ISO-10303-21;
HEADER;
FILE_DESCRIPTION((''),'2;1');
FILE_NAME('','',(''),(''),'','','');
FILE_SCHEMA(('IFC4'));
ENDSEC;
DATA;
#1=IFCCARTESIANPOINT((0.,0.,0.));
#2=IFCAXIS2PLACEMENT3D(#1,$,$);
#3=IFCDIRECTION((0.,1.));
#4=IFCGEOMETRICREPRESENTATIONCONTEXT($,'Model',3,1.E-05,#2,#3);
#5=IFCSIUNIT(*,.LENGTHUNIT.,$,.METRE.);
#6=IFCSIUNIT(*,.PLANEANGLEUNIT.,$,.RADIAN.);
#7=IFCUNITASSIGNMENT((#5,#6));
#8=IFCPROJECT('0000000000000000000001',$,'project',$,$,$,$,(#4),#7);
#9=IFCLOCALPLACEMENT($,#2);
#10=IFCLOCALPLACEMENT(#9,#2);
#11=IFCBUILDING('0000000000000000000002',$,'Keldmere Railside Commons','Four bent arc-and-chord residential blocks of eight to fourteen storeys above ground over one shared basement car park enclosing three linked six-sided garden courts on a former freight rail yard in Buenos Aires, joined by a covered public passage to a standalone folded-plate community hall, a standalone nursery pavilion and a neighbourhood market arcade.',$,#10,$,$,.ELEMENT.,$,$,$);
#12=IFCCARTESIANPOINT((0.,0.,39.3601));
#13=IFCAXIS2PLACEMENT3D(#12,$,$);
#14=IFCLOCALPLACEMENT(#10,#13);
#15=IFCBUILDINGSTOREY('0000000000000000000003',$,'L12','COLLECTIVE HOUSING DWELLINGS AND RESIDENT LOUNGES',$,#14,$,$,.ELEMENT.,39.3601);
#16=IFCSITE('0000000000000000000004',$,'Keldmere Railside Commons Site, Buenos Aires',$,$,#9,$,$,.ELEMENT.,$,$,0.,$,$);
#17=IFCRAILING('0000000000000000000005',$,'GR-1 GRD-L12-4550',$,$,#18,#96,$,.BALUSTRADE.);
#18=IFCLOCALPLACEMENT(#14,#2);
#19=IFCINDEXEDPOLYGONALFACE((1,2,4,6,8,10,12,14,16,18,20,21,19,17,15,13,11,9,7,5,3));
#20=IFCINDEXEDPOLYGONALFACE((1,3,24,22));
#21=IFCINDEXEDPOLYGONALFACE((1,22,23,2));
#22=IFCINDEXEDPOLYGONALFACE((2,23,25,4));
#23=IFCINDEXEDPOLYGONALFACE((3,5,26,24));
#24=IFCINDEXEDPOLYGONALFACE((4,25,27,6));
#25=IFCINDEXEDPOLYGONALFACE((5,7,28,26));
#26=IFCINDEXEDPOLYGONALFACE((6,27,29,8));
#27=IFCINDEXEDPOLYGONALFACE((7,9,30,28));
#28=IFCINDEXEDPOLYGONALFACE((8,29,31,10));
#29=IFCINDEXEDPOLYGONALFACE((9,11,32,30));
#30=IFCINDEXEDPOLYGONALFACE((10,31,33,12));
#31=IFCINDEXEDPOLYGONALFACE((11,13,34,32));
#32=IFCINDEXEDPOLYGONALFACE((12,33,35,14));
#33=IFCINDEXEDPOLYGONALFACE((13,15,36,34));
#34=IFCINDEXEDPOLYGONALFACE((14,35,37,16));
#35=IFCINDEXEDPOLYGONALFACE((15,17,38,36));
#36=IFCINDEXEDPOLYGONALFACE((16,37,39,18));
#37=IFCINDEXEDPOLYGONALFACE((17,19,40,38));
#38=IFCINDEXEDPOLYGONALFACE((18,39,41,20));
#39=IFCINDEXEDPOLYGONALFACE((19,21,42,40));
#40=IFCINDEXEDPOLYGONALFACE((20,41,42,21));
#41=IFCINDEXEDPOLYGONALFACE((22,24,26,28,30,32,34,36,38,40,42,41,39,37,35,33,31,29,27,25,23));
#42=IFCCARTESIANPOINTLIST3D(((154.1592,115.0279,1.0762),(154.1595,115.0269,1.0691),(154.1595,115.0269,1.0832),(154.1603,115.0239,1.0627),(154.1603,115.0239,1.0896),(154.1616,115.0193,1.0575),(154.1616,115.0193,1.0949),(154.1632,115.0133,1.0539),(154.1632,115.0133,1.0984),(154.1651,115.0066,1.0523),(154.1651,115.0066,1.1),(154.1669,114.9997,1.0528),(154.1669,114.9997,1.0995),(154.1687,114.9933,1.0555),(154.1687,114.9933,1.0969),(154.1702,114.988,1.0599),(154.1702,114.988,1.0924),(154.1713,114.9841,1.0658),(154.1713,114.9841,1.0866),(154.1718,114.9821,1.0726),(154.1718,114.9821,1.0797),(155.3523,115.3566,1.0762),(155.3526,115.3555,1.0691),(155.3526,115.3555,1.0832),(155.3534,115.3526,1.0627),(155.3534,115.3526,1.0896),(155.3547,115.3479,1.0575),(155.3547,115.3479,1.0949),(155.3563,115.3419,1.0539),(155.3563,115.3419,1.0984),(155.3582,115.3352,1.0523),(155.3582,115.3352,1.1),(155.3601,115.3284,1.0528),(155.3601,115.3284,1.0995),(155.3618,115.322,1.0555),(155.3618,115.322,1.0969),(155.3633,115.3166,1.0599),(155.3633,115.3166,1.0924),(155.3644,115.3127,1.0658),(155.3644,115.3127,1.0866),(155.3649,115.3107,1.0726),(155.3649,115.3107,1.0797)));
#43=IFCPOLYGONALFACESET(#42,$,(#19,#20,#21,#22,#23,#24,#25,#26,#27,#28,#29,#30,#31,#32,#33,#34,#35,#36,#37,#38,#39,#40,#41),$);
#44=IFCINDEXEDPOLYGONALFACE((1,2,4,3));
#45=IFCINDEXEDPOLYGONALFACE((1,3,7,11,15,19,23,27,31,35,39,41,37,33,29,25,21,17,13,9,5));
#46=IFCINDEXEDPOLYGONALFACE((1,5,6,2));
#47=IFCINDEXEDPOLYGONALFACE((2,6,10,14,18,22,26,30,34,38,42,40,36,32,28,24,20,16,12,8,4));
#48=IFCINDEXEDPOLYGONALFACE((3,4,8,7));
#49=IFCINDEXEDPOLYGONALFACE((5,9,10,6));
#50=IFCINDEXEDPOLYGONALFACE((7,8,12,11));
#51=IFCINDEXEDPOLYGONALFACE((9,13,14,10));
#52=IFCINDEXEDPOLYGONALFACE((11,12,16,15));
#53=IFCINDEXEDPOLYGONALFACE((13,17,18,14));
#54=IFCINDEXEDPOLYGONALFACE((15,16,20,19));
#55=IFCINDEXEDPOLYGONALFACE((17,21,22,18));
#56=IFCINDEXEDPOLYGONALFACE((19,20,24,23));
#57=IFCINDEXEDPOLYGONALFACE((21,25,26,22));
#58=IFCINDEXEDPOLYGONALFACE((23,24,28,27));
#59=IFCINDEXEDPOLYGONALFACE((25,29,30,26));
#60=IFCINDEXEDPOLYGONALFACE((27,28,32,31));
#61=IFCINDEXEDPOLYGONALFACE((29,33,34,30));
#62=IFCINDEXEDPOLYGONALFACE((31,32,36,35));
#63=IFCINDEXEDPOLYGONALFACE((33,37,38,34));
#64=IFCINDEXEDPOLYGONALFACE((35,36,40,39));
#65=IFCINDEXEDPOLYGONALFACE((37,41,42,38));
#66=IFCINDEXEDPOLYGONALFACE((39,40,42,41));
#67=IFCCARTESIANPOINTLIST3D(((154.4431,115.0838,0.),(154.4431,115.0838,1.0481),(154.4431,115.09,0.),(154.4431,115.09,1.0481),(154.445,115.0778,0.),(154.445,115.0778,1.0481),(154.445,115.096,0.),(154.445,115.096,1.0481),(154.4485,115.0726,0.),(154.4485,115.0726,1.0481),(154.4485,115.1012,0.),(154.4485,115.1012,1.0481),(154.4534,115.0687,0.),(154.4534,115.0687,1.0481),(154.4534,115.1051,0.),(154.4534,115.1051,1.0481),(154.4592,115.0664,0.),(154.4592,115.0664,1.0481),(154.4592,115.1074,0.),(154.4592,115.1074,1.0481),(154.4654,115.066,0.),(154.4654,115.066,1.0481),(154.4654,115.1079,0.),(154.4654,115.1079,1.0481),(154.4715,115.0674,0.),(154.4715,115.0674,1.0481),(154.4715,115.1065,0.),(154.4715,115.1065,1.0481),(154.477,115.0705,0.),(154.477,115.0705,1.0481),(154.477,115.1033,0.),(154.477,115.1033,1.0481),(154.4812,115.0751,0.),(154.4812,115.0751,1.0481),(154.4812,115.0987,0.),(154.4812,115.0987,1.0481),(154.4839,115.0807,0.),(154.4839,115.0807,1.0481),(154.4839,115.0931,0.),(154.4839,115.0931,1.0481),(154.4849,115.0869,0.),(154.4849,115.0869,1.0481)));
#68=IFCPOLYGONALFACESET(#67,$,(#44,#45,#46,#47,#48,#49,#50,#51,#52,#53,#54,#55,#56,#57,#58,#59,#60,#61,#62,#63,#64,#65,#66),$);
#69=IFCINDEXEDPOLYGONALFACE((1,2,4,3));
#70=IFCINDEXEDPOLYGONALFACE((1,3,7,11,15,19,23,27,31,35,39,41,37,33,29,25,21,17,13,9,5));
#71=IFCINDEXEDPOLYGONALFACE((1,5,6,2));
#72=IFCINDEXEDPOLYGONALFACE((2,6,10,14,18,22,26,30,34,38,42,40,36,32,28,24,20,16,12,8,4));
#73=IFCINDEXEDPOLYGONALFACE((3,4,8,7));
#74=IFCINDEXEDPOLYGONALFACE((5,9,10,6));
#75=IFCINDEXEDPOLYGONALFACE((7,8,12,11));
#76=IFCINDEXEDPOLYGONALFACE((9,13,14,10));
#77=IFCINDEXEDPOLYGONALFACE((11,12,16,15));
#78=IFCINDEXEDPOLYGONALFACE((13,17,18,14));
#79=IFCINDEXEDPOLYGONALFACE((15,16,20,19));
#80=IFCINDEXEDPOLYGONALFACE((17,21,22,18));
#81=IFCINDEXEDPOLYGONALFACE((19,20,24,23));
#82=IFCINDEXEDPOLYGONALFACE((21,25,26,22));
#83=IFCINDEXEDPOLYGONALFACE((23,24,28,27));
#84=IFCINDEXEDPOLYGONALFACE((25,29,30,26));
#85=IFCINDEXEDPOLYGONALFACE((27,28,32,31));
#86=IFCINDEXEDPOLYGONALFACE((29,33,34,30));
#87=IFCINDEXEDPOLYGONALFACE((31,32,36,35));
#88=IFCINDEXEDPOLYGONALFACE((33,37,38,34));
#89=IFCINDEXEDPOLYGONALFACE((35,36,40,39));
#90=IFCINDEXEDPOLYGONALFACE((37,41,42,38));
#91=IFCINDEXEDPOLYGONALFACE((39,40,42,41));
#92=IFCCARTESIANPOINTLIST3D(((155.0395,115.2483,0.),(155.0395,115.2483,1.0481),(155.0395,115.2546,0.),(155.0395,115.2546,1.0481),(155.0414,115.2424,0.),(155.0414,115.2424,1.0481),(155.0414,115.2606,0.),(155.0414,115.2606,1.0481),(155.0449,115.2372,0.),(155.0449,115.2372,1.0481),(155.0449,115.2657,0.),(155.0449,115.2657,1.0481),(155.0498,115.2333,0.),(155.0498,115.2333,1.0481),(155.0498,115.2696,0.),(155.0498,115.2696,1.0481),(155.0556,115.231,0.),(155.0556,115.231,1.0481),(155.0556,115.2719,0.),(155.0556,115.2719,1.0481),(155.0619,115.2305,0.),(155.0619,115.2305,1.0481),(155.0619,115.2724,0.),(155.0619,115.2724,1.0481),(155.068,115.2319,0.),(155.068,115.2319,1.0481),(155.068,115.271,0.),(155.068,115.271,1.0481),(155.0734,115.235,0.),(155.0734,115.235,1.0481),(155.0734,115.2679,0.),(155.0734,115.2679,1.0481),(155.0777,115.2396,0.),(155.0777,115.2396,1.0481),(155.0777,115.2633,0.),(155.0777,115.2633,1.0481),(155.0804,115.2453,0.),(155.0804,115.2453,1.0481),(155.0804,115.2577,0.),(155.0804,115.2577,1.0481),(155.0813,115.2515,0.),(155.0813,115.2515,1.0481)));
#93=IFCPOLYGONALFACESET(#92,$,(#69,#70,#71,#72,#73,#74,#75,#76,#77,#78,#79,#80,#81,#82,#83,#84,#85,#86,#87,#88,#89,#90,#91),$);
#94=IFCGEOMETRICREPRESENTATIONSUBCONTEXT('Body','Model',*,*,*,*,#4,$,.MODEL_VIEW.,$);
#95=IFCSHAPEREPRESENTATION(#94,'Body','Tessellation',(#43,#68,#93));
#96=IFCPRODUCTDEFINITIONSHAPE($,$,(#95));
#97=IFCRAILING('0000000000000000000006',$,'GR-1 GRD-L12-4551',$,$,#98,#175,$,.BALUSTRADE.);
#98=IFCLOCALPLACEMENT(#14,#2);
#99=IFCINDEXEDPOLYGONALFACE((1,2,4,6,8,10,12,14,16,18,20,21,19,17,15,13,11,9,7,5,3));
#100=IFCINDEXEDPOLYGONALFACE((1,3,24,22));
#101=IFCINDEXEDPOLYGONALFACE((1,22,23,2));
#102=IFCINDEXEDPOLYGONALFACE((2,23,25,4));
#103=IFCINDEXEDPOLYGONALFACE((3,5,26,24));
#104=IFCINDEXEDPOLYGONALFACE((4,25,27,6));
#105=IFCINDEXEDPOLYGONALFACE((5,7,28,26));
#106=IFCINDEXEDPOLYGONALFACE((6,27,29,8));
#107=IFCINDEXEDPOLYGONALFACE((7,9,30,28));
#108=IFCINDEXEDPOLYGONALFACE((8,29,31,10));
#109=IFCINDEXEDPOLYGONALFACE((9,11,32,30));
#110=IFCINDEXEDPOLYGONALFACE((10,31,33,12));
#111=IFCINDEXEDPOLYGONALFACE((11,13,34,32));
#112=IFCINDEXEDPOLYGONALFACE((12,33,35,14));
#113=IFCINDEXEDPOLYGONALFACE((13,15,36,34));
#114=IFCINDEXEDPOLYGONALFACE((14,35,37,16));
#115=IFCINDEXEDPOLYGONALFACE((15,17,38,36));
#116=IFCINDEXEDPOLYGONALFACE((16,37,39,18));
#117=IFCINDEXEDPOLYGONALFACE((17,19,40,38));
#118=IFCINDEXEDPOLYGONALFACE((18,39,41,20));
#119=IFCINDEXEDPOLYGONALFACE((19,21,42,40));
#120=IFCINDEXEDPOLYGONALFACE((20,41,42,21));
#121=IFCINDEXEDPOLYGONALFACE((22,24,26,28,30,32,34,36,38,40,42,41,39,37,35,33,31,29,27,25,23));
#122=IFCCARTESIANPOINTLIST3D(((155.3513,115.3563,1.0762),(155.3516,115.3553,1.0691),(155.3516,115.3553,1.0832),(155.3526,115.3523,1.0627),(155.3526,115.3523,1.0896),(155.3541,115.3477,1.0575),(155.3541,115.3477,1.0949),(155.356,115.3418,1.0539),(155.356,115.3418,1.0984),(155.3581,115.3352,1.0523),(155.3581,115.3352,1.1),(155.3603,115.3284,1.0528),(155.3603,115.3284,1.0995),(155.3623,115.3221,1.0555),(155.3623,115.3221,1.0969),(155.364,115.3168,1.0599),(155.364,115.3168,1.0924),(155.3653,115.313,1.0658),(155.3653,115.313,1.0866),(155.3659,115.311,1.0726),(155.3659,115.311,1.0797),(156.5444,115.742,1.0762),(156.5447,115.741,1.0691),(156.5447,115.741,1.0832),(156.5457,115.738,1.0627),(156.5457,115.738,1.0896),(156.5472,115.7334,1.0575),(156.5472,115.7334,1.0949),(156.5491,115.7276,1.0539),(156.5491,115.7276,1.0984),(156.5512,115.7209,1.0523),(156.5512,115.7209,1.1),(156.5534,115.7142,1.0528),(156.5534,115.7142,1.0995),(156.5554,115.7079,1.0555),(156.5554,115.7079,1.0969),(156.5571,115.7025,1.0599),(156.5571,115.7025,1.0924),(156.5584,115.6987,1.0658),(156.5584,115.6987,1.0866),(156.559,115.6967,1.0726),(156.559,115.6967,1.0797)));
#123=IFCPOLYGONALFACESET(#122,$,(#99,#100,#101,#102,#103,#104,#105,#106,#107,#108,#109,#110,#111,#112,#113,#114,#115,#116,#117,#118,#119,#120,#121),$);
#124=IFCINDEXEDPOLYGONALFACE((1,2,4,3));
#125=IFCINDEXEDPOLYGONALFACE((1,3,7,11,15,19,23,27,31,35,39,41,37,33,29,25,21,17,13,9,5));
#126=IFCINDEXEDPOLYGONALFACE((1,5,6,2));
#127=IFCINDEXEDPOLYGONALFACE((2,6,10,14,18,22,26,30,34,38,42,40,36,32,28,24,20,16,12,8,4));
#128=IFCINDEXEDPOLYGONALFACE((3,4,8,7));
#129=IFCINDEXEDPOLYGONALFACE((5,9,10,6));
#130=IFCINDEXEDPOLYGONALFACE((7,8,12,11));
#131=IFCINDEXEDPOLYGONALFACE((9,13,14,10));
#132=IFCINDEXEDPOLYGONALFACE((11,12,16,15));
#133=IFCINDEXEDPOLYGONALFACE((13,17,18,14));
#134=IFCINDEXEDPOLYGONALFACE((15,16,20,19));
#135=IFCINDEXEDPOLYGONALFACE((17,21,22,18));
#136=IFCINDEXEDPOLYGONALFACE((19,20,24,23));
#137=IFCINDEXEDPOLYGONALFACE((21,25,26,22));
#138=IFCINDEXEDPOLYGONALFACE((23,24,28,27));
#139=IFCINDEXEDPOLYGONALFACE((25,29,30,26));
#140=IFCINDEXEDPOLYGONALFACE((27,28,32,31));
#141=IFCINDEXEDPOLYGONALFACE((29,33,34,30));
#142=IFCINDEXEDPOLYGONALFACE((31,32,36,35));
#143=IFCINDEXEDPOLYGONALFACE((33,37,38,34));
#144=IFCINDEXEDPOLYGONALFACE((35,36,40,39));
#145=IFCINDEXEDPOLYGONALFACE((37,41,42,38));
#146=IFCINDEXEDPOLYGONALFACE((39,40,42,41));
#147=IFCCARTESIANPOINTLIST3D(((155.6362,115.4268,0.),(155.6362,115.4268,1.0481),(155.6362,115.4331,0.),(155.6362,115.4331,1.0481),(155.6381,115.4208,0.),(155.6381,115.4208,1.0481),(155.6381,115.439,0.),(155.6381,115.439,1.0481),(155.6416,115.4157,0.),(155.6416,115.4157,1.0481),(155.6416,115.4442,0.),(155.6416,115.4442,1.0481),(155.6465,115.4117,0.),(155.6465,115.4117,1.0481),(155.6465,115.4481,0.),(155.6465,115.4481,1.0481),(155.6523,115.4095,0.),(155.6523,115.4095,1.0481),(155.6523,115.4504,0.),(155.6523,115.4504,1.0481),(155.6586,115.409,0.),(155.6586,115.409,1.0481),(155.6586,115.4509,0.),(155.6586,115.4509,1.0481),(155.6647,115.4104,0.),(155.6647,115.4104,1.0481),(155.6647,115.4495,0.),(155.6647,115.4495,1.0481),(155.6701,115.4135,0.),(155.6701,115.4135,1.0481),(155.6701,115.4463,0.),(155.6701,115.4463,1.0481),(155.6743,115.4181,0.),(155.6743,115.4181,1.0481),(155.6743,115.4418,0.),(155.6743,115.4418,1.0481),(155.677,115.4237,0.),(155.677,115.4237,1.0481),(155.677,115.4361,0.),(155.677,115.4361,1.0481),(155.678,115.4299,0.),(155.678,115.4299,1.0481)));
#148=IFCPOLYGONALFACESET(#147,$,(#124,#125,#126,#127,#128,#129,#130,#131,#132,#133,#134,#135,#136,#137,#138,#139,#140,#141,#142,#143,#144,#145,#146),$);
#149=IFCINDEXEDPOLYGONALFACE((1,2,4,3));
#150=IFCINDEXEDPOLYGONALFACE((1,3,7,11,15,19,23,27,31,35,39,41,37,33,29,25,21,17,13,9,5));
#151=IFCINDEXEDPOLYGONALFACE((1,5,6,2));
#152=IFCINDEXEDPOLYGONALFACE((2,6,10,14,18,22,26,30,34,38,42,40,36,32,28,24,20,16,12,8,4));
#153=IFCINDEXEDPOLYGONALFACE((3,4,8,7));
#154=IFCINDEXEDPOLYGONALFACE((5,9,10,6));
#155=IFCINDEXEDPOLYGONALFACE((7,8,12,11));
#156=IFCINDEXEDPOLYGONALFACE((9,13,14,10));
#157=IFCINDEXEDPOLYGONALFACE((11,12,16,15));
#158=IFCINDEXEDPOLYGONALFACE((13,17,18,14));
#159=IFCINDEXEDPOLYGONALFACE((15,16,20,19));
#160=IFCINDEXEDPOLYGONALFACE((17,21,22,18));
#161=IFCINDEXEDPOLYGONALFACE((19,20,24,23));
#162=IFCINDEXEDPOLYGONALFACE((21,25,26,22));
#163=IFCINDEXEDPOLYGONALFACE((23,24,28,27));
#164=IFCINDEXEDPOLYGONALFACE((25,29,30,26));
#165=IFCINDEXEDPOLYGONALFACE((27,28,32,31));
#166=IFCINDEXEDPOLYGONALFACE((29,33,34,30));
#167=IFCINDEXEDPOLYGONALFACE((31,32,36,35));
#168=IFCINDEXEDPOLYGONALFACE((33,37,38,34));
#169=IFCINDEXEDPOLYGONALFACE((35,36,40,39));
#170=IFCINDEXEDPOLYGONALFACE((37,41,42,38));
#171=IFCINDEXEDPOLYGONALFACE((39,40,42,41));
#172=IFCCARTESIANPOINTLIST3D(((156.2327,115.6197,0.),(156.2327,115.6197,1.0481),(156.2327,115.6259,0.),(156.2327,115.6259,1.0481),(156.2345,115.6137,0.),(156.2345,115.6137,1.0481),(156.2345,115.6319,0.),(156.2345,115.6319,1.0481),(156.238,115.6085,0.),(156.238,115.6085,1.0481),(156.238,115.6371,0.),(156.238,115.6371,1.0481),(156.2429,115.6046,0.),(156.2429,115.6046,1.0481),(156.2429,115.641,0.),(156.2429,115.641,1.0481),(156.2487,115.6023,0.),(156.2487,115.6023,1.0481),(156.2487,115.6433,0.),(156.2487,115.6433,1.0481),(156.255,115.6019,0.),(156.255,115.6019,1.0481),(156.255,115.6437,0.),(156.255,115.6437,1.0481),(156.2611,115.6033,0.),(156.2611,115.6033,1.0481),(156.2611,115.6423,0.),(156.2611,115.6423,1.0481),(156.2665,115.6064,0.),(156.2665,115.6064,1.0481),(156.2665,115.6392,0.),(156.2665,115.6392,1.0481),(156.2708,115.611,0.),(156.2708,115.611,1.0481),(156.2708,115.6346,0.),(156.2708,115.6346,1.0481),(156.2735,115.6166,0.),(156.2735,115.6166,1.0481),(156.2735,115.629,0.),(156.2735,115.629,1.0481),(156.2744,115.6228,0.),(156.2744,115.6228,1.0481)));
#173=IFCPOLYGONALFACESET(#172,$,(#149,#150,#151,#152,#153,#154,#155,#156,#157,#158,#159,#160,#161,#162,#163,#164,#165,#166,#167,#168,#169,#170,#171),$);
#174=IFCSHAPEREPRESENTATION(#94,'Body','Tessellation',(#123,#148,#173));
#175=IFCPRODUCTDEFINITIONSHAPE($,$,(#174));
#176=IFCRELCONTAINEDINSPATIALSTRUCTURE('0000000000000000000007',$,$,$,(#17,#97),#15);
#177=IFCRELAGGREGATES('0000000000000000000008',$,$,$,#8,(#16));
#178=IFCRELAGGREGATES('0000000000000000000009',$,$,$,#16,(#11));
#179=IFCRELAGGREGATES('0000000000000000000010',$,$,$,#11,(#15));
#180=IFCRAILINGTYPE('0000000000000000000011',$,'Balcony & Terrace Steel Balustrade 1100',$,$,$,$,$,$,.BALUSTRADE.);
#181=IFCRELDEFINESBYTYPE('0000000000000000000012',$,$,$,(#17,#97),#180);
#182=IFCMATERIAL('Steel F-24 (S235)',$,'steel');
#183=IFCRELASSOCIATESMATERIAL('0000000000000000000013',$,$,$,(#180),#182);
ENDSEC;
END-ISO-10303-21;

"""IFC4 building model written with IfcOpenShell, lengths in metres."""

from ifc_helpers import new_model, si_unit, direction, frame, origin, origin_2d, place, context, subcontext, project, spatial, circle, extrude, material, type_object, element, save


model = new_model("IFC4")

# Units and contexts
model_context = context("Model", 3, precision=1e-05, world=origin(), true_north=direction((0.0, 1.0)))
body_context = subcontext(model_context, "Body", "Model", "MODEL_VIEW")
ifc_project = project(units=[si_unit("LENGTHUNIT", "METRE"), si_unit("PLANEANGLEUNIT", "RADIAN")], contexts=[model_context])

# Site, building, storey
site_placement = place(None, origin())
site = spatial("IfcSite", under=ifc_project, at=site_placement, Name="Keldmere Railside Commons Site, Buenos Aires", CompositionType="ELEMENT", RefElevation=0.0)
building_placement = place(site_placement, origin())
building = spatial("IfcBuilding", under=site, at=building_placement, Name="Keldmere Railside Commons", Description="Four bent arc-and-chord residential blocks of eight to fourteen storeys above ground over one shared basement car park enclosing three linked six-sided garden courts on a former freight rail yard in Buenos Aires, joined by a covered public passage to a standalone folded-plate community hall, a standalone nursery pavilion and a neighbourhood market arcade.", CompositionType="ELEMENT")
storey_placement = place(building_placement, frame((0.0, 0.0, 39.3601)))
storey = spatial("IfcBuildingStorey", under=building, at=storey_placement, Name="L12", Description="COLLECTIVE HOUSING DWELLINGS AND RESIDENT LOUNGES", CompositionType="ELEMENT", Elevation=39.3601)

# Railings
ifc_material_1 = material(Name="Steel F-24 (S235)", Category="steel")
railing_type = type_object("IfcRailingType", Name="Balcony & Terrace Steel Balustrade 1100", PredefinedType="BALUSTRADE", material=ifc_material_1)
railing_1_placement = place(storey_placement, frame((154.1655, 115.0049, 0.0)))
element("IfcRailing", 1, at=railing_1_placement, inside=storey, type_object=railing_type, Name="GR-1 GRD-L12-4550", PredefinedType="BALUSTRADE", context=body_context, shape_type="SweptSolid", body=[
    extrude(circle(Radius=0.0239, at=origin_2d()), frame((0.0, 0.0, 1.0762), z_axis=(0.964101, 0.265537, 0.0), x_axis=(-0.265537, 0.964101, 0.0)), (0.0, 0.0, 1.0), 1.2375),
    extrude(circle(Radius=0.021, at=origin_2d()), frame((0.2983, 0.082, 0.0)), (0.0, 0.0, 1.0), 1.0481),
    extrude(circle(Radius=0.021, at=origin_2d()), frame((0.8948, 0.2466, 0.0)), (0.0, 0.0, 1.0), 1.0481),
])
railing_2_placement = place(storey_placement, frame((155.3586, 115.3335, 0.0)))
element("IfcRailing", 2, at=railing_2_placement, inside=storey, type_object=railing_type, Name="GR-1 GRD-L12-4551", PredefinedType="BALUSTRADE", context=body_context, shape_type="SweptSolid", body=[
    extrude(circle(Radius=0.0239, at=origin_2d()), frame((0.0, 0.0, 1.0762), z_axis=(0.951507, 0.307628, 0.0), x_axis=(-0.307628, 0.951507, 0.0)), (0.0, 0.0, 1.0), 1.2539),
    extrude(circle(Radius=0.021, at=origin_2d()), frame((0.2983, 0.0964, 0.0)), (0.0, 0.0, 1.0), 1.0481),
    extrude(circle(Radius=0.021, at=origin_2d()), frame((0.8948, 0.2893, 0.0)), (0.0, 0.0, 1.0), 1.0481),
])

save(model, "model.ifc")
